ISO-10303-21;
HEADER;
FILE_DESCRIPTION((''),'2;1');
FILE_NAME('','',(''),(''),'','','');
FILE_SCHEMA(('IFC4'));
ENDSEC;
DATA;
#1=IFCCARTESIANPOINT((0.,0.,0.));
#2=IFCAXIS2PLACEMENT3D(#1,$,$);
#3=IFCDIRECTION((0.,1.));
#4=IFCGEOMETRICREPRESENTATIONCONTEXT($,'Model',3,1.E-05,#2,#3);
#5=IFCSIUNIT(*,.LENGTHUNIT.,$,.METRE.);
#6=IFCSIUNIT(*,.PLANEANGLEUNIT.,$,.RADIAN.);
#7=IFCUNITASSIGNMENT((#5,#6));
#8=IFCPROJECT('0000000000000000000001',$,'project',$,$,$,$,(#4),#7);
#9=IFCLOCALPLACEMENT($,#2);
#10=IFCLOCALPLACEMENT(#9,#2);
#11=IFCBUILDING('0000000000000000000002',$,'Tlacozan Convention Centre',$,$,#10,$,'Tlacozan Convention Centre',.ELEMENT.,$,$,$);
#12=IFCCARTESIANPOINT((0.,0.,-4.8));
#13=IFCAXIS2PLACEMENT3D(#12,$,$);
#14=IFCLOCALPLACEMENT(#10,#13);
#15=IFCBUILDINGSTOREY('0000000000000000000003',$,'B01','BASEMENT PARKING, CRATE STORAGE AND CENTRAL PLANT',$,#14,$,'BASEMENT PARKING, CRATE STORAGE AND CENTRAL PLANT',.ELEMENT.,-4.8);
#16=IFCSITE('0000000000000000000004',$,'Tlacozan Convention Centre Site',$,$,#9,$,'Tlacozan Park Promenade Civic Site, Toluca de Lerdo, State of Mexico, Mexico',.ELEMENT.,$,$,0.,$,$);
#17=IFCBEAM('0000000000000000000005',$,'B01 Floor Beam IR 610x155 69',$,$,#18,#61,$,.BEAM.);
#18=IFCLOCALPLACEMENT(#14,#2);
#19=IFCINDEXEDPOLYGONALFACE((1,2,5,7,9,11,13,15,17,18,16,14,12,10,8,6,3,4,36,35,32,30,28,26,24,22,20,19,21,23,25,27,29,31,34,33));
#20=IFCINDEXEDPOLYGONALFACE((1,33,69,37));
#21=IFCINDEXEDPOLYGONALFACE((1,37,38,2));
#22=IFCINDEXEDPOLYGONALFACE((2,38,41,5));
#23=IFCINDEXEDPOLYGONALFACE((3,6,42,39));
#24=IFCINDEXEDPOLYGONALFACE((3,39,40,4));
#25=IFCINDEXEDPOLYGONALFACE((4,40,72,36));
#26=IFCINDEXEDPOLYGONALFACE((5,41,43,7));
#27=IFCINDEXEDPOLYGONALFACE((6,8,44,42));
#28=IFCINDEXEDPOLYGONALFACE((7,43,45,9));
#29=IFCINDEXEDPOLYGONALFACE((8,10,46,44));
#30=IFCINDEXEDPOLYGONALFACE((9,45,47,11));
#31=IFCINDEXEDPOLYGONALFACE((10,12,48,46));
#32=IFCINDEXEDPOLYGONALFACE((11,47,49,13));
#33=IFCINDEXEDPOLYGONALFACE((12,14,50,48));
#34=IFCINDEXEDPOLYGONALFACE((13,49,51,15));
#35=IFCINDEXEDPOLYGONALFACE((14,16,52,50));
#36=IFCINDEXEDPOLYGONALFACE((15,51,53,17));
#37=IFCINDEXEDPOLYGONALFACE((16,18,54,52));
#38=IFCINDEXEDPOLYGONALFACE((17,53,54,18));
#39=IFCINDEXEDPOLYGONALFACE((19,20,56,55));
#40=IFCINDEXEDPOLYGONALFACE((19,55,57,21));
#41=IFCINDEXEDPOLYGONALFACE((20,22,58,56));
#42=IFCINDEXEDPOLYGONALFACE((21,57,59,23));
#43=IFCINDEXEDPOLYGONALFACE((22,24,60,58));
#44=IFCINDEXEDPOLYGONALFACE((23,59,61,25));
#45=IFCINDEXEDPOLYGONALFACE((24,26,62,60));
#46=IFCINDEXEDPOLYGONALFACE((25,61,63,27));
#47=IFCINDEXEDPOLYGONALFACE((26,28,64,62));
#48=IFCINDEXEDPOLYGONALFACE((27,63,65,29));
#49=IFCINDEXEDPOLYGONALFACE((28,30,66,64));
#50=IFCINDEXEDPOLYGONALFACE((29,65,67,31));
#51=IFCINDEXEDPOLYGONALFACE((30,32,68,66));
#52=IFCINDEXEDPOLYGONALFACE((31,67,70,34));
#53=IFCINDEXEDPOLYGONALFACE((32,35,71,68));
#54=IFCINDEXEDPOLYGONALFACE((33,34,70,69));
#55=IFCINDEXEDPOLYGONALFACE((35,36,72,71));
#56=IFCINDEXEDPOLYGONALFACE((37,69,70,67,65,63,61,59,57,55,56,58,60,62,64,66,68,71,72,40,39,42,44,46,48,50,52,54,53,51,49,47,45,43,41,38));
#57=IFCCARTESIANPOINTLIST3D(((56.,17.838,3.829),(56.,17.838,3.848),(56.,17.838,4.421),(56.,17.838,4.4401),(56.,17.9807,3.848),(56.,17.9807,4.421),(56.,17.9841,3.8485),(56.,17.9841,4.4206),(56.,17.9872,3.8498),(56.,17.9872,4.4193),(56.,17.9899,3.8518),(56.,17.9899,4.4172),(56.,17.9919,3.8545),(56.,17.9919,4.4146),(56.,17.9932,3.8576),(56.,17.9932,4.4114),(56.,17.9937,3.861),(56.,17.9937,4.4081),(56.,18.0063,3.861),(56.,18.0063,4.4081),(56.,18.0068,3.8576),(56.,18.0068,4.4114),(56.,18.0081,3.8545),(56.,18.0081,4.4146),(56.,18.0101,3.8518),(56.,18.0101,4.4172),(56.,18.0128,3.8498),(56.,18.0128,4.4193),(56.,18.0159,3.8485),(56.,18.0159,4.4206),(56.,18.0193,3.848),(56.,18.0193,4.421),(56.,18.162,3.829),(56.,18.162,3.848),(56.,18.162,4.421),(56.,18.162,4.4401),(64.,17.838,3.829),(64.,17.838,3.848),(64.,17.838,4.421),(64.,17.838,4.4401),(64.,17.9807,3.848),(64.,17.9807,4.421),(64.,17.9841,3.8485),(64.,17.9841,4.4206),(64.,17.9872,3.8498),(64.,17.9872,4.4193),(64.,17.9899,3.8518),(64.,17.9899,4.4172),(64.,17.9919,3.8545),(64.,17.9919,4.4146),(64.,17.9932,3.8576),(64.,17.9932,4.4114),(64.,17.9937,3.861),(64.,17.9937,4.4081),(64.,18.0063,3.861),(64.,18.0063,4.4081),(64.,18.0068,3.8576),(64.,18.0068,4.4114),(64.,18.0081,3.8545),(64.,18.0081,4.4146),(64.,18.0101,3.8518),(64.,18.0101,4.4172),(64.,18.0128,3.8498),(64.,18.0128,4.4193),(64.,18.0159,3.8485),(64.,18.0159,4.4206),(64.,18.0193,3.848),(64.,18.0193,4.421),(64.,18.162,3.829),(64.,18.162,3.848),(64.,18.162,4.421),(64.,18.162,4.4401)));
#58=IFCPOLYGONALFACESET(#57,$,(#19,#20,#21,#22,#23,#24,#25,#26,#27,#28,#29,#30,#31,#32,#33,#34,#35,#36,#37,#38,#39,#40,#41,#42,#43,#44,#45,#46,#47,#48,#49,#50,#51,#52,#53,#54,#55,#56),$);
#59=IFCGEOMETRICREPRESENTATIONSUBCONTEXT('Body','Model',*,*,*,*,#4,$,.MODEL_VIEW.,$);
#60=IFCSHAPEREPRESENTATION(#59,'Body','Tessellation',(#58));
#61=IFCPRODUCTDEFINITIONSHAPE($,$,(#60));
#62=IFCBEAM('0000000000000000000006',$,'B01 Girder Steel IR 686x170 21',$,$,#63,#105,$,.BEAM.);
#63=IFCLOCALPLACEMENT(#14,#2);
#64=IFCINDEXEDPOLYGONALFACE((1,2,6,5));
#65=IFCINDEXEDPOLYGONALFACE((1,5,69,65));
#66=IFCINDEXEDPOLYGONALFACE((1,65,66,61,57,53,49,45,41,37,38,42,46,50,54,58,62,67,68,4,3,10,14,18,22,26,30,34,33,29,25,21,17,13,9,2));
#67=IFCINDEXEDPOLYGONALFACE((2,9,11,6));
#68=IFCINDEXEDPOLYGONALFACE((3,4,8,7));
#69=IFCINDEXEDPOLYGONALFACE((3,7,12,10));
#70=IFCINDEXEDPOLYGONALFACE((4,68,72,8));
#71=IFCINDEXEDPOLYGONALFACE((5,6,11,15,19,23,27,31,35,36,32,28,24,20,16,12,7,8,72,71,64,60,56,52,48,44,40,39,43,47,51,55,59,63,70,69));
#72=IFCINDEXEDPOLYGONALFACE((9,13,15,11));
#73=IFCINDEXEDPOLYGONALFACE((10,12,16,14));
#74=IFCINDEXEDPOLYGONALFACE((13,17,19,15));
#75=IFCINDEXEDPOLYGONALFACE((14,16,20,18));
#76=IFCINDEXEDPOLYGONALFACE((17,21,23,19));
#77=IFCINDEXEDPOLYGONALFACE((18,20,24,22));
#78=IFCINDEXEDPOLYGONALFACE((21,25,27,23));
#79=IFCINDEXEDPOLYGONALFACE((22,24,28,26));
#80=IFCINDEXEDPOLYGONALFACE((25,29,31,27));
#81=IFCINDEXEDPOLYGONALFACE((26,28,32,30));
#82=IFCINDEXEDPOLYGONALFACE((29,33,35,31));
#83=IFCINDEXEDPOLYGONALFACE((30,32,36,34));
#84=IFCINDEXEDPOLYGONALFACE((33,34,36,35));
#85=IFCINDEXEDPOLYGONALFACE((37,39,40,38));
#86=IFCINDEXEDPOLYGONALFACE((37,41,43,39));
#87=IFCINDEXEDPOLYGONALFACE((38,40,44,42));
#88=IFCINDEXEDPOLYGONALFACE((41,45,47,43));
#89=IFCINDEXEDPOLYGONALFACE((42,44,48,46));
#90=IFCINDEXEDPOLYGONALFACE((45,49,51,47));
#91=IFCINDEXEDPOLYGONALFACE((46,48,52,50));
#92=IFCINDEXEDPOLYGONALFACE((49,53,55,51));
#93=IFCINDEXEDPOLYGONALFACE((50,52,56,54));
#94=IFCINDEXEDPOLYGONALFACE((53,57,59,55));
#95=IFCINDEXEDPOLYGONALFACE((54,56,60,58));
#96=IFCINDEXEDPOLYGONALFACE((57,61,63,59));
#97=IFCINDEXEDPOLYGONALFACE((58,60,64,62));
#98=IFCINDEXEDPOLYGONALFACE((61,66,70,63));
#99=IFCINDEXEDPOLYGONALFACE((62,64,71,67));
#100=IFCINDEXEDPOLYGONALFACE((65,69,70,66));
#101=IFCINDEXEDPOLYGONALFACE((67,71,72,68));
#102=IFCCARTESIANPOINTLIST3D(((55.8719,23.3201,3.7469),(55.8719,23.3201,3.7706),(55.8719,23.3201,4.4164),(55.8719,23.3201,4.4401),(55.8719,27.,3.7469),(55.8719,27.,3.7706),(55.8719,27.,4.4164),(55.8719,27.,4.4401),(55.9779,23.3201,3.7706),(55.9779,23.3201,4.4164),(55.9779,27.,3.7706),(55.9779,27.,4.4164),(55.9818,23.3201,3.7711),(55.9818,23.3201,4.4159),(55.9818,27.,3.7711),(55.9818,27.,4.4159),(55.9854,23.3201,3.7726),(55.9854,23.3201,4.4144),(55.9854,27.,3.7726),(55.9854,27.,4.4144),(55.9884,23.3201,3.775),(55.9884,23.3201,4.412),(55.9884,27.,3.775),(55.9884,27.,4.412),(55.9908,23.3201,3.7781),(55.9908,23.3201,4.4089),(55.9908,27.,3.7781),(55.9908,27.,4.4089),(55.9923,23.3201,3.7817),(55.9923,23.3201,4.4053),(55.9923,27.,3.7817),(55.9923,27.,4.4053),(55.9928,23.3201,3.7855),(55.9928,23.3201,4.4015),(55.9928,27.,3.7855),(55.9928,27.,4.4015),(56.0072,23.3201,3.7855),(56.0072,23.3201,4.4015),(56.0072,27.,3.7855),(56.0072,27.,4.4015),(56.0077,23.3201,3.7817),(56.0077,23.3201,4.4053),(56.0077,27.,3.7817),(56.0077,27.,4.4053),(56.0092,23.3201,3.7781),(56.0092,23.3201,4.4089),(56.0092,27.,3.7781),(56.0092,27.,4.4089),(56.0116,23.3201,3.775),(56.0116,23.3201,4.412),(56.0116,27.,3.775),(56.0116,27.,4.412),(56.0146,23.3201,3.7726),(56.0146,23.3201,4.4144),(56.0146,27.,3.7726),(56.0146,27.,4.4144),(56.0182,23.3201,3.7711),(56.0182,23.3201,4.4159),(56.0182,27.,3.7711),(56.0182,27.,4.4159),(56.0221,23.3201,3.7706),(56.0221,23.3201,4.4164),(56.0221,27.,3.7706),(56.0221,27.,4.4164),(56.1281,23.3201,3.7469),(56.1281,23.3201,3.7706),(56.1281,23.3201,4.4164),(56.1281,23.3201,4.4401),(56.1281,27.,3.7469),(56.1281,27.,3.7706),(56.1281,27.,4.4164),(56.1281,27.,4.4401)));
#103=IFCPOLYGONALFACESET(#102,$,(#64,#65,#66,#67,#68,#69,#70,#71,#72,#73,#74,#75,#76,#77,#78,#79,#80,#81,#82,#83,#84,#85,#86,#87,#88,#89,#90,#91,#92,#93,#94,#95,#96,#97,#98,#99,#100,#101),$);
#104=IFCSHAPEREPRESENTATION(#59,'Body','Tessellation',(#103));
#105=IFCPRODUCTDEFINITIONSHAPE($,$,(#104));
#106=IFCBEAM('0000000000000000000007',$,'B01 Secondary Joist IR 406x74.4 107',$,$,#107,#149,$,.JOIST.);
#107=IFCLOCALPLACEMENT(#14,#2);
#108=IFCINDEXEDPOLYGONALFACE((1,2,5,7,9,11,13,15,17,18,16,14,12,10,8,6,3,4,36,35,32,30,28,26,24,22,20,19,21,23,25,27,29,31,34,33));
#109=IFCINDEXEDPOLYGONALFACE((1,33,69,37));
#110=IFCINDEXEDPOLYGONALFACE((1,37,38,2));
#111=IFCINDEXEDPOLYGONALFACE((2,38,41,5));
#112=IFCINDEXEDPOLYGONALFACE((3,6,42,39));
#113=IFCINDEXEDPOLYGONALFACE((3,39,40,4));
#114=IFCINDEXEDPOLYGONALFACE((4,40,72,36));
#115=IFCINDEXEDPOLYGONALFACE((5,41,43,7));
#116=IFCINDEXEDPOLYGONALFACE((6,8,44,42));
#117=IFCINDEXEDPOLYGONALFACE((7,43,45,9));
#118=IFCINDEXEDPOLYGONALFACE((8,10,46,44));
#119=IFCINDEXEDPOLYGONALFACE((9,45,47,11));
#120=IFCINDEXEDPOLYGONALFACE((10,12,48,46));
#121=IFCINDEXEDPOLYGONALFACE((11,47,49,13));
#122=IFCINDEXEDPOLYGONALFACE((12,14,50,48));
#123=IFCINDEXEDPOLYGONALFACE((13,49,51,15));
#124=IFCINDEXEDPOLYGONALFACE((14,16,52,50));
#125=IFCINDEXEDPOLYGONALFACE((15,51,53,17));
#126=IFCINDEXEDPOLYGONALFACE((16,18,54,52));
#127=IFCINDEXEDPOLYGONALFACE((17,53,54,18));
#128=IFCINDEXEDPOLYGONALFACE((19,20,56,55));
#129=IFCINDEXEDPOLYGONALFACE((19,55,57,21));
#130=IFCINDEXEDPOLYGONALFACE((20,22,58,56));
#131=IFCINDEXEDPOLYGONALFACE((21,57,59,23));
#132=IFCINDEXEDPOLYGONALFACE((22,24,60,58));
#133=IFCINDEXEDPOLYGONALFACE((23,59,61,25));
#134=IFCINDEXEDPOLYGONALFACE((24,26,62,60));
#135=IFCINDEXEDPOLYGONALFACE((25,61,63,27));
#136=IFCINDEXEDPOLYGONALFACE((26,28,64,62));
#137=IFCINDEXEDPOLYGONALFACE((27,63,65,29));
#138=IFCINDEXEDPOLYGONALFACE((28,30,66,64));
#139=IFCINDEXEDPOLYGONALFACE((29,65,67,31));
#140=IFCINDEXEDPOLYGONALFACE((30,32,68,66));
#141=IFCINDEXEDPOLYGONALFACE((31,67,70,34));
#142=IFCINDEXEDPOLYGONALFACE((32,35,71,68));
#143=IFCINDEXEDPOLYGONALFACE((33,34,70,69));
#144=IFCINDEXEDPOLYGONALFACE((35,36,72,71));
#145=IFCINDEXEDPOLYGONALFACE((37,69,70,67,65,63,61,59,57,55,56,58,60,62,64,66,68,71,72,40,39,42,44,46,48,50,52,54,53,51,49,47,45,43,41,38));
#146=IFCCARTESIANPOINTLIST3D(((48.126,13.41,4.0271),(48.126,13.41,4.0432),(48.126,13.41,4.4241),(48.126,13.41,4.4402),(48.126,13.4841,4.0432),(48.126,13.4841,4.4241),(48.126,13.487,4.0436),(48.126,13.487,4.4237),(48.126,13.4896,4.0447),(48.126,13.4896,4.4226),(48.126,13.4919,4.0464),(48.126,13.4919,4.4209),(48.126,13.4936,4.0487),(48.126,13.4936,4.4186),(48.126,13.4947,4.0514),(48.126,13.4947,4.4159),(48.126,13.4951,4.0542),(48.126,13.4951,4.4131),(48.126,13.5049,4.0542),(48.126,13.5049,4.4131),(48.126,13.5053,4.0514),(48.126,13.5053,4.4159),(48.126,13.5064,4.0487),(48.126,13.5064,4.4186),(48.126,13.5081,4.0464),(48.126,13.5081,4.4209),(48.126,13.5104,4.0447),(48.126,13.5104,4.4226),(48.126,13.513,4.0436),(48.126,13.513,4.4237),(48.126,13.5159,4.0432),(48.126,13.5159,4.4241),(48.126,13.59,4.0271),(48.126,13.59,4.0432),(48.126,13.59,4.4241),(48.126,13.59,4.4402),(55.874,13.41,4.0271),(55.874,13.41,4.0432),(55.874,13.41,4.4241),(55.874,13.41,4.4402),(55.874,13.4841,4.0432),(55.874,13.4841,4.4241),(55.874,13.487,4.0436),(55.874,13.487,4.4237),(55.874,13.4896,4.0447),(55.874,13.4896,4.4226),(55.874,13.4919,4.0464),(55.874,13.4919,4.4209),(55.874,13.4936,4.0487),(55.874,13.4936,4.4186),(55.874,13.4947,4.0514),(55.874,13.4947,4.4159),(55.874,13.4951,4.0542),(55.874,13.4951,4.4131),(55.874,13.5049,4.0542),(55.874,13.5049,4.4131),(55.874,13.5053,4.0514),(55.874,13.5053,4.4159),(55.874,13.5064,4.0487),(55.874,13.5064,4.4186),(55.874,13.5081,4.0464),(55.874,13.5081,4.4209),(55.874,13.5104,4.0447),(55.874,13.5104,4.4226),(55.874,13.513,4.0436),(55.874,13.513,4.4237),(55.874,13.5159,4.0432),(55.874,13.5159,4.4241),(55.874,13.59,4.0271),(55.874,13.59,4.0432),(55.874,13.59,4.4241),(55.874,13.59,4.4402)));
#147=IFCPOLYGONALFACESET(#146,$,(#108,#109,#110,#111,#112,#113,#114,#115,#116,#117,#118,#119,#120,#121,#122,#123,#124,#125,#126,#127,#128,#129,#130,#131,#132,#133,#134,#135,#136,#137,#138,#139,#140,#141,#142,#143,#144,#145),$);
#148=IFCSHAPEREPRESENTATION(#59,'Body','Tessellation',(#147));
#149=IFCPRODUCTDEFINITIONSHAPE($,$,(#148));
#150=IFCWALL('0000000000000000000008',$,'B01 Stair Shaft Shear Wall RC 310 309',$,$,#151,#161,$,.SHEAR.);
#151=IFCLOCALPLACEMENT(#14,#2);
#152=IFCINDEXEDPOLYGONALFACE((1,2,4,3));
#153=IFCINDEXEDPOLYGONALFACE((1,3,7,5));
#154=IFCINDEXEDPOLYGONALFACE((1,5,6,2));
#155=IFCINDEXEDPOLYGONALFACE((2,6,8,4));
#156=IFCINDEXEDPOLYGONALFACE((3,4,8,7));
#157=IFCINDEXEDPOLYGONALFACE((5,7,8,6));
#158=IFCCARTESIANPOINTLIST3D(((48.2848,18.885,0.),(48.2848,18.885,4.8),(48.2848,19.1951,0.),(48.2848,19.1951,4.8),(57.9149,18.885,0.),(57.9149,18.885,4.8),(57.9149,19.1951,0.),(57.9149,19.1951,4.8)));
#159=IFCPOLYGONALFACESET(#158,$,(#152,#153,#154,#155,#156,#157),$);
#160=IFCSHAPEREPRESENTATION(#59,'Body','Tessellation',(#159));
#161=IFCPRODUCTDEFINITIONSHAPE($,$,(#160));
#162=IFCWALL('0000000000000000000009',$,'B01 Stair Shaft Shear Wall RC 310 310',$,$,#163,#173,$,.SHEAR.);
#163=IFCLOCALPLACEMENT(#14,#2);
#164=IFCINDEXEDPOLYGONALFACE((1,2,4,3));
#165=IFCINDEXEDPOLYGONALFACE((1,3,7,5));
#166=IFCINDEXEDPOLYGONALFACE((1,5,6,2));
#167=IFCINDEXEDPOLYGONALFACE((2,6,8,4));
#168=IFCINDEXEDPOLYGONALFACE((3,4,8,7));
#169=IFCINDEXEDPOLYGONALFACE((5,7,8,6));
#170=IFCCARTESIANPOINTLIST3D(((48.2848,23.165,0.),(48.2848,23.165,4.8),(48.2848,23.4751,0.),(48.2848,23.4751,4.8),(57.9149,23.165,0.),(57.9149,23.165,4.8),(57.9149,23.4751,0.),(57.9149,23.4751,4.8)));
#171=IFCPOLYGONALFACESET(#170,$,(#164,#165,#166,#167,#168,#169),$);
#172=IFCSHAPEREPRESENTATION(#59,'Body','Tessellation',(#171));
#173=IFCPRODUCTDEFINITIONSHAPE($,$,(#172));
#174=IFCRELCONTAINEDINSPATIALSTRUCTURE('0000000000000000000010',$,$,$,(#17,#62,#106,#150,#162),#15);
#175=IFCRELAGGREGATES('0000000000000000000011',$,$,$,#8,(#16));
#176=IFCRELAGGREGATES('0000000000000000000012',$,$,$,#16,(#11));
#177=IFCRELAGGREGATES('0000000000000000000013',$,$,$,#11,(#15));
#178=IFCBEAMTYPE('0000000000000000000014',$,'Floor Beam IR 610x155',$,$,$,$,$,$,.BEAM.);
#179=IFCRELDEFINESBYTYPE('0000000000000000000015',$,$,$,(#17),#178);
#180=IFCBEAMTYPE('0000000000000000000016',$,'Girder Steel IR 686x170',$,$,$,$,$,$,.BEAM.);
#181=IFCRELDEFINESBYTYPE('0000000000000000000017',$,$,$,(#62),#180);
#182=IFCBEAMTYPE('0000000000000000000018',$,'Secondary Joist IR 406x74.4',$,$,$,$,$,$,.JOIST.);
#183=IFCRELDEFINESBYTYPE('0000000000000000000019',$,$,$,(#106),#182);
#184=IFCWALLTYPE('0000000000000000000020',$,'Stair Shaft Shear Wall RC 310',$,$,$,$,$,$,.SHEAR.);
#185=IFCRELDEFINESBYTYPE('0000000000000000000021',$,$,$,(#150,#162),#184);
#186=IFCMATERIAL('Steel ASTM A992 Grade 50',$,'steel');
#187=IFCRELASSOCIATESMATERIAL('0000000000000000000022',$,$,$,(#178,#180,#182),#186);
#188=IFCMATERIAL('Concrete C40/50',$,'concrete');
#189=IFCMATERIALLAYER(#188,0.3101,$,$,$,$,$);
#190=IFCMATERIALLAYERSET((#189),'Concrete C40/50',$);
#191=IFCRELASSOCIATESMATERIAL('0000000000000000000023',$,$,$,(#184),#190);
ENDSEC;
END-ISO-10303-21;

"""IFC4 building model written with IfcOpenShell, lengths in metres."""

from ifc_helpers import new_model, si_unit, direction, frame, frame_2d, origin, origin_2d, place, context, subcontext, project, spatial, rectangle, i_section, extrude, material, layer, layer_set, material_profile, profile_set, type_object, element, save


model = new_model("IFC4")

# Units and contexts
model_context = context("Model", 3, precision=1e-05, world=origin(), true_north=direction((0.0, 1.0)))
body_context = subcontext(model_context, "Body", "Model", "MODEL_VIEW")
ifc_project = project(units=[si_unit("LENGTHUNIT", "METRE"), si_unit("PLANEANGLEUNIT", "RADIAN")], contexts=[model_context])

# Site, building, storey
site_placement = place(None, origin())
site = spatial("IfcSite", under=ifc_project, at=site_placement, Name="Tlacozan Convention Centre Site", LongName="Tlacozan Park Promenade Civic Site, Toluca de Lerdo, State of Mexico, Mexico", CompositionType="ELEMENT", RefElevation=0.0)
building_placement = place(site_placement, origin())
building = spatial("IfcBuilding", under=site, at=building_placement, Name="Tlacozan Convention Centre", LongName="Tlacozan Convention Centre", CompositionType="ELEMENT")
storey_placement = place(building_placement, frame((0.0, 0.0, -4.8)))
storey = spatial("IfcBuildingStorey", under=building, at=storey_placement, Name="B01", Description="BASEMENT PARKING, CRATE STORAGE AND CENTRAL PLANT", LongName="BASEMENT PARKING, CRATE STORAGE AND CENTRAL PLANT", CompositionType="ELEMENT", Elevation=-4.8)

# Shared definitions
ifc_material_1 = material(Name="Concrete C40/50", Category="concrete")

# Beams
ifc_material_2 = material(Name="Steel ASTM A992 Grade 50", Category="steel")
ifc_material_profile_1 = material_profile(ifc_material_2, i_section(OverallWidth=0.324, OverallDepth=0.6111, WebThickness=0.0127, FlangeThickness=0.019, FilletRadius=0.0129, at=origin_2d()), Name="IR 610x155.0")
ifc_profile_set_1 = profile_set([ifc_material_profile_1], Name="Steel ASTM A992 Grade 50")
beam_type_1 = type_object("IfcBeamType", Name="Floor Beam IR 610x155", PredefinedType="BEAM", material=ifc_profile_set_1)
beam_1_placement = place(storey_placement, frame((56.0, 18.0, 4.1345), z_axis=(1.0, 0.0, 0.0), x_axis=(0.0, 1.0, 0.0)))
element("IfcBeam", 1, at=beam_1_placement, inside=storey, type_object=beam_type_1, Name="B01 Floor Beam IR 610x155 69", PredefinedType="BEAM", context=body_context, shape_type="SweptSolid", body=[
    extrude(i_section(OverallWidth=0.324, OverallDepth=0.6111, WebThickness=0.0127, FlangeThickness=0.019, FilletRadius=0.0129, at=origin_2d()), origin(), (0.0, 0.0, 1.0), 8.0),
])
ifc_material_profile_2 = material_profile(ifc_material_2, i_section(OverallWidth=0.2561, OverallDepth=0.6931, WebThickness=0.0144, FlangeThickness=0.0237, FilletRadius=0.0149, at=origin_2d()), Name="IR 686x170.0")
ifc_profile_set_2 = profile_set([ifc_material_profile_2], Name="Steel ASTM A992 Grade 50")
beam_type_2 = type_object("IfcBeamType", Name="Girder Steel IR 686x170", PredefinedType="BEAM", material=ifc_profile_set_2)
beam_2_placement = place(storey_placement, frame((56.0, 23.3201, 4.0935), z_axis=(0.0, 1.0, 0.0), x_axis=(-1.0, 0.0, 0.0)))
element("IfcBeam", 2, at=beam_2_placement, inside=storey, type_object=beam_type_2, Name="B01 Girder Steel IR 686x170 21", PredefinedType="BEAM", context=body_context, shape_type="SweptSolid", body=[
    extrude(i_section(OverallWidth=0.2561, OverallDepth=0.6931, WebThickness=0.0144, FlangeThickness=0.0237, FilletRadius=0.0149, at=origin_2d()), origin(), (0.0, 0.0, 1.0), 3.6799),
])
ifc_material_profile_3 = material_profile(ifc_material_2, i_section(OverallWidth=0.1799, OverallDepth=0.4131, WebThickness=0.0098, FlangeThickness=0.0161, FilletRadius=0.011, at=origin_2d()), Name="IR 406x74.4")
ifc_profile_set_3 = profile_set([ifc_material_profile_3], Name="Steel ASTM A992 Grade 50")
beam_type_3 = type_object("IfcBeamType", Name="Secondary Joist IR 406x74.4", PredefinedType="JOIST", material=ifc_profile_set_3)
beam_3_placement = place(storey_placement, frame((48.126, 13.5, 4.2336), z_axis=(1.0, 0.0, 0.0), x_axis=(0.0, 1.0, 0.0)))
element("IfcBeam", 3, at=beam_3_placement, inside=storey, type_object=beam_type_3, Name="B01 Secondary Joist IR 406x74.4 107", PredefinedType="JOIST", context=body_context, shape_type="SweptSolid", body=[
    extrude(i_section(OverallWidth=0.1799, OverallDepth=0.4131, WebThickness=0.0098, FlangeThickness=0.0161, FilletRadius=0.011, at=origin_2d()), origin(), (0.0, 0.0, 1.0), 7.748),
])

# Walls
ifc_layer_1 = layer(ifc_material_1, 0.3101)
ifc_layer_set_1 = layer_set([ifc_layer_1], Name="Concrete C40/50")
wall_type = type_object("IfcWallType", Name="Stair Shaft Shear Wall RC 310", PredefinedType="SHEAR", material=ifc_layer_set_1)
for number, where, z_axis, x_axis, name in (
    (4, (48.2849, 19.04, 0.0), (0.0, 0.0, 1.0), (1.0, 0.0, 0.0), "B01 Stair Shaft Shear Wall RC 310 309"),
    (5, (48.2849, 23.3201, 0.0), (0.0, 0.0, 1.0), (1.0, 0.0, 0.0), "B01 Stair Shaft Shear Wall RC 310 310"),
):
    element("IfcWall", number, at=place(storey_placement, frame(where, z_axis=z_axis, x_axis=x_axis)), inside=storey, type_object=wall_type, Name=name, PredefinedType="SHEAR", context=body_context, shape_type="SweptSolid", body=[
        extrude(rectangle(XDim=9.6301, YDim=0.3101, at=frame_2d((4.8149, 0.0))), origin(), (0.0, 0.0, 1.0), 4.8),
    ])

save(model, "model.ifc")
